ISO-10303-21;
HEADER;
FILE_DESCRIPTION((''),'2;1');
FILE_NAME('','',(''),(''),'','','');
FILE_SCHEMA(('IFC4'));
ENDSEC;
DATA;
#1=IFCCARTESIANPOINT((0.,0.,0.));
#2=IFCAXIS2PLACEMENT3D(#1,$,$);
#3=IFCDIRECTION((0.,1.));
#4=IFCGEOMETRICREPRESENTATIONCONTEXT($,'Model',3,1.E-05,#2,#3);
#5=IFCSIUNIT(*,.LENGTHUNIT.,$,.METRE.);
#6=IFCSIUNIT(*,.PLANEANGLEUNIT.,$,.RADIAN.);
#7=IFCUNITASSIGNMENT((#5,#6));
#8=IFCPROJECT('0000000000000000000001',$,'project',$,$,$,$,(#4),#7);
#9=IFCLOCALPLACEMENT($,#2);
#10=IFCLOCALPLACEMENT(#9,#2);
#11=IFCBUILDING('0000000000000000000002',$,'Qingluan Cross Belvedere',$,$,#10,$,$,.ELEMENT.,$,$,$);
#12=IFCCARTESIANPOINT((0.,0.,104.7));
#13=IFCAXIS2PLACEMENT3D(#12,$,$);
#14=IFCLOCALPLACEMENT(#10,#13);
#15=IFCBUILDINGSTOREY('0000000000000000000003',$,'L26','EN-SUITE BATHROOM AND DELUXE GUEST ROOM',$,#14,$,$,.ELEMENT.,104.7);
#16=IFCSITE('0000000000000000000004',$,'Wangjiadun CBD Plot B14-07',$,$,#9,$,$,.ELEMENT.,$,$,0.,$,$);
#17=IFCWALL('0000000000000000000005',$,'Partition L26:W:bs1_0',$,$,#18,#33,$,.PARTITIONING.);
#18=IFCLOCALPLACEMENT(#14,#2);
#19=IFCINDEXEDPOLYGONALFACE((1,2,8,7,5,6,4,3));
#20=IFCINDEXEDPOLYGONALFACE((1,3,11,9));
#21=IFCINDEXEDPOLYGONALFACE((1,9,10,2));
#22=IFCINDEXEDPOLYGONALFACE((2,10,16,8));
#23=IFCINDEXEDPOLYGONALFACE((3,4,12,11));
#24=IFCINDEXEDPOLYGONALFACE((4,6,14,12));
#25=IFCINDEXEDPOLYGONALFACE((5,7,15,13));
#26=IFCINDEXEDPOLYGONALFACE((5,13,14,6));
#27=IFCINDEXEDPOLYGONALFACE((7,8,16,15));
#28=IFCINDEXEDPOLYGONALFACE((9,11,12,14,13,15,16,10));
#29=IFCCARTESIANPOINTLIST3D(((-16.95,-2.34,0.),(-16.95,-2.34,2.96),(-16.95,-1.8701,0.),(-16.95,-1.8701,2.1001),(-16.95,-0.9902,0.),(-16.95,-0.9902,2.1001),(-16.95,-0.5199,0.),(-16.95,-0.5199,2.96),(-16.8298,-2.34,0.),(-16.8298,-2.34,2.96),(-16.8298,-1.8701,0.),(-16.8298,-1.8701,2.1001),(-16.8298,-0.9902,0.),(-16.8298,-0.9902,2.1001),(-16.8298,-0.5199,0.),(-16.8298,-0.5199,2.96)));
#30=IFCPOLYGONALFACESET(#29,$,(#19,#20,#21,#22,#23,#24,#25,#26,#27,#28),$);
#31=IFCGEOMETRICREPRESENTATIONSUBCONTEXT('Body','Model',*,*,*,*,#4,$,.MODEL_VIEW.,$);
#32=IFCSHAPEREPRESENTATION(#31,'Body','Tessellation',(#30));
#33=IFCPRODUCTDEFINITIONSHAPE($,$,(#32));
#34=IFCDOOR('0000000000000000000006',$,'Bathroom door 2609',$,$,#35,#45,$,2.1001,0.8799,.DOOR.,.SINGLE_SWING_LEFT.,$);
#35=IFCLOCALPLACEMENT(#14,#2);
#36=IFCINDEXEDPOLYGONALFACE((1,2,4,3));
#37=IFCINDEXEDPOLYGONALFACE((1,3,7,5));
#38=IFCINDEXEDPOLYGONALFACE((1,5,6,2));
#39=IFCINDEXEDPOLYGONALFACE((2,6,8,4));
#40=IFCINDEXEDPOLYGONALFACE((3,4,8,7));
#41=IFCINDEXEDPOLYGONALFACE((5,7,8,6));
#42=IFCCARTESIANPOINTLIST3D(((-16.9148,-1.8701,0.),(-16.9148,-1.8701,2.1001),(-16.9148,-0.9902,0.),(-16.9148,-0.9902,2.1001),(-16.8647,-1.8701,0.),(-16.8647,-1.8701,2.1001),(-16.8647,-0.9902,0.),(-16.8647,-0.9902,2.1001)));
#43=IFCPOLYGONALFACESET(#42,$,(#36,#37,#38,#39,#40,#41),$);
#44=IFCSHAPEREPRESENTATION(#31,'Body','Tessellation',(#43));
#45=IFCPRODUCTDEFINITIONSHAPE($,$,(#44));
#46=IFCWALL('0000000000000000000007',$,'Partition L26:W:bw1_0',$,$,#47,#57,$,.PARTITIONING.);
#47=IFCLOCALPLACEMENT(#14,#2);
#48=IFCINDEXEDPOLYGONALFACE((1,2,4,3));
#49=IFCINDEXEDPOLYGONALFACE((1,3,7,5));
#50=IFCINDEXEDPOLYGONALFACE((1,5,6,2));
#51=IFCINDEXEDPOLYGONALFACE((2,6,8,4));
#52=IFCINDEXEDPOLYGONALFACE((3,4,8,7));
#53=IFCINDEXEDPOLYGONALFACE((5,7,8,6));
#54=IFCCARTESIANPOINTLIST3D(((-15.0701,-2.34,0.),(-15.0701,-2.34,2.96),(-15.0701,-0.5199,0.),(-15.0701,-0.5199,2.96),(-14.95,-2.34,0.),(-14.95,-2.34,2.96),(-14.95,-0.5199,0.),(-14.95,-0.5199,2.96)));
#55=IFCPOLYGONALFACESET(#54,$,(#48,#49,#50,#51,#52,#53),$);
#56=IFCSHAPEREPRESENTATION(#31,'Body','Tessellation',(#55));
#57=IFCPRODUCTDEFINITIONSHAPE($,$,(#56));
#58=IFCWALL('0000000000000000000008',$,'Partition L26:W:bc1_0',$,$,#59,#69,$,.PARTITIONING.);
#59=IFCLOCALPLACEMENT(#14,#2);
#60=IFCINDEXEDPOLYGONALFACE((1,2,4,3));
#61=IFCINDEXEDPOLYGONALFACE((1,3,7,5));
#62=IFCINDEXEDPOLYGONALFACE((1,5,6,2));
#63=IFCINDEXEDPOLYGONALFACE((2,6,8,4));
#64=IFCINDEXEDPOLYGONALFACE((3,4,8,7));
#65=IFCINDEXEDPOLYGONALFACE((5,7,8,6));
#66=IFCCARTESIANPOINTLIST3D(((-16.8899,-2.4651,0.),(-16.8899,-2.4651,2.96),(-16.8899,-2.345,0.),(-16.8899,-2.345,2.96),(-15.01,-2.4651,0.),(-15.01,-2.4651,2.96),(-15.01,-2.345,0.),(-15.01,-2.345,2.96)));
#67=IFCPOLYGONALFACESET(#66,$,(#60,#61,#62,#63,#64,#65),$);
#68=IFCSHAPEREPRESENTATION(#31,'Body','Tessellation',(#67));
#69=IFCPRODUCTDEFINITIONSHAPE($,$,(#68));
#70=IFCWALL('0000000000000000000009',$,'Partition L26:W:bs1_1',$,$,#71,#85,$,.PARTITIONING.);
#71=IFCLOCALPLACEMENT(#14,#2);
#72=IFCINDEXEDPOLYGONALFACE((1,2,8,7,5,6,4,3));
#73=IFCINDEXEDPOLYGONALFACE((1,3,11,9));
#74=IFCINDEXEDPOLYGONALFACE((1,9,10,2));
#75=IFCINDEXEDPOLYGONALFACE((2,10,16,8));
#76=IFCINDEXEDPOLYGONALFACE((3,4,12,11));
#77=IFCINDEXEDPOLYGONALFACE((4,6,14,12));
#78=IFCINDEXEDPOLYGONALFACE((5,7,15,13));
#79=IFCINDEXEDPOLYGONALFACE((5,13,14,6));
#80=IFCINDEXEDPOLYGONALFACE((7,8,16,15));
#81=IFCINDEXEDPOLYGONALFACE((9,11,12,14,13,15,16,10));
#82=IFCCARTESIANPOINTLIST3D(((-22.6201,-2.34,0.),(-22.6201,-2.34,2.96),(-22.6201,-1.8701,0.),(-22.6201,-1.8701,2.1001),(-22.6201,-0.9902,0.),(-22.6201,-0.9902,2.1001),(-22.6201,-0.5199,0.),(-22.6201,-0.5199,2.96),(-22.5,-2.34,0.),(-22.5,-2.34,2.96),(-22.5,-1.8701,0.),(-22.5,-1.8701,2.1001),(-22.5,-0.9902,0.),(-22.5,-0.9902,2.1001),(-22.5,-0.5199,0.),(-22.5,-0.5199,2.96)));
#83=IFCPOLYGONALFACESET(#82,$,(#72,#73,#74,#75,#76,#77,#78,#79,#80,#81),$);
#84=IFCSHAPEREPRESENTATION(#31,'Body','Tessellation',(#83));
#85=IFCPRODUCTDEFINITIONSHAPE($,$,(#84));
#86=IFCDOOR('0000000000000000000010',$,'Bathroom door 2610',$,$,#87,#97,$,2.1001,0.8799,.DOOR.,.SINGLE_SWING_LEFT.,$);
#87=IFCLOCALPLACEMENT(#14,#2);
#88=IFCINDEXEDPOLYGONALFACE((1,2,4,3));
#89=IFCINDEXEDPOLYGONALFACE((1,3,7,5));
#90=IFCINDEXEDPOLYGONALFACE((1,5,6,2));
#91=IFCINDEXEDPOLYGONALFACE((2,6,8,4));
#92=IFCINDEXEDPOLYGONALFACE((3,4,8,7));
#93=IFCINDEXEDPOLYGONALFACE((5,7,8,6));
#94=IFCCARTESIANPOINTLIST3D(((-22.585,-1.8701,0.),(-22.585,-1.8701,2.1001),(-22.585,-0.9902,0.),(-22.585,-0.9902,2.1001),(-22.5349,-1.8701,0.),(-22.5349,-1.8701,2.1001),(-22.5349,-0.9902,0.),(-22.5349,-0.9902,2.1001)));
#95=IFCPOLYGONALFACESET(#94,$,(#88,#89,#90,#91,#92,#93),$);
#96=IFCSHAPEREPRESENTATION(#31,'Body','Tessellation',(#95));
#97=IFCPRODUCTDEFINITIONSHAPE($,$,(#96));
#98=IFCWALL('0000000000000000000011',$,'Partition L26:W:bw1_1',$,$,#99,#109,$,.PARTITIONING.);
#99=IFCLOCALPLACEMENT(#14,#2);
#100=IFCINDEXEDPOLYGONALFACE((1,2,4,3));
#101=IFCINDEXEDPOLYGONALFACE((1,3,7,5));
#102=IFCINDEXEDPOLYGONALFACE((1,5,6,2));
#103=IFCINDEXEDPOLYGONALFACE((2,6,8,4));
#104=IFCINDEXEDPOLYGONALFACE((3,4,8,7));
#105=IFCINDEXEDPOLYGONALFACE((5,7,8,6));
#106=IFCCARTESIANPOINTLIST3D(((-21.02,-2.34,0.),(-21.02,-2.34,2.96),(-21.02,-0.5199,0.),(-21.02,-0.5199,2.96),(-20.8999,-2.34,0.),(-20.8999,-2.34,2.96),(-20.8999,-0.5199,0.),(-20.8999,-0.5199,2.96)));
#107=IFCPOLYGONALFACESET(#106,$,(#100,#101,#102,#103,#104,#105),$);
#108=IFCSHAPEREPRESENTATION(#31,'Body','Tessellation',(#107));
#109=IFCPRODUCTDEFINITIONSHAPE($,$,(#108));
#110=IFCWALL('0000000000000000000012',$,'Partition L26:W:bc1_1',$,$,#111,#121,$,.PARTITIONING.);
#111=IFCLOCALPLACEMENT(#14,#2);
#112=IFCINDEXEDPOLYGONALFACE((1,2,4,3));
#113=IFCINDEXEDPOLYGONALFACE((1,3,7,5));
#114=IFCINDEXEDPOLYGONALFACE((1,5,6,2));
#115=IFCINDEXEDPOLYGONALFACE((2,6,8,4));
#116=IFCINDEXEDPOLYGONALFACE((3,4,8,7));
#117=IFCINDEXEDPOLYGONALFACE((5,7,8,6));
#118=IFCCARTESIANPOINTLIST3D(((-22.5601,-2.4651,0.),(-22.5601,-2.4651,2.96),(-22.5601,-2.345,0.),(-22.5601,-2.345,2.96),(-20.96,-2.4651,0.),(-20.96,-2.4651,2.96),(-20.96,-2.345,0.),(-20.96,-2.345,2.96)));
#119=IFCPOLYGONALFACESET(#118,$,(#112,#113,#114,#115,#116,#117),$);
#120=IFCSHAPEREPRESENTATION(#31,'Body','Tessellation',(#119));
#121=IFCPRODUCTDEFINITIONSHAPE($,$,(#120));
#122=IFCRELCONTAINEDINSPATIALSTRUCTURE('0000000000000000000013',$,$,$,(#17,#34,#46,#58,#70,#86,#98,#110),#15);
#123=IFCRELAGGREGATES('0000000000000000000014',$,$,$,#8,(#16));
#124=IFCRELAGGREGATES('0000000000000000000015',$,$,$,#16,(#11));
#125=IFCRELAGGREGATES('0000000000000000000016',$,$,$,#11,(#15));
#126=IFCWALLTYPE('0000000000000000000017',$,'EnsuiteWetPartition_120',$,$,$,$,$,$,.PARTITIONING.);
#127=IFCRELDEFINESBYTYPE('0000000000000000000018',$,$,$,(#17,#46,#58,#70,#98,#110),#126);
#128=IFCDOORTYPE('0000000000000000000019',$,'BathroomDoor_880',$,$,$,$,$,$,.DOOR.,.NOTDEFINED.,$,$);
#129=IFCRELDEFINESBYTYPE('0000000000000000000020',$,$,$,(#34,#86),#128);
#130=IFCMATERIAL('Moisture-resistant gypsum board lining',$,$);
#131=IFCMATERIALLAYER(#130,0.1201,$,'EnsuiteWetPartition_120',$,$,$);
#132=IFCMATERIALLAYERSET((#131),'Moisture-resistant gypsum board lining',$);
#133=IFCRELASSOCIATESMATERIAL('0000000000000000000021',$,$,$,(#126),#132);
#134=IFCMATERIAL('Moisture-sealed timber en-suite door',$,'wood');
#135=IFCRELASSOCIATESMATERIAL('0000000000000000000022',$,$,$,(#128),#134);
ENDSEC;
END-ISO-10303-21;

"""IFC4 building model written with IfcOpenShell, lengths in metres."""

from ifc_helpers import new_model, si_unit, direction, frame, frame_2d, origin, place, context, subcontext, project, spatial, rectangle, extrude, material, layer, layer_set, type_object, element, fill, save


model = new_model("IFC4")

# Units and contexts
model_context = context("Model", 3, precision=1e-05, world=origin(), true_north=direction((0.0, 1.0)))
body_context = subcontext(model_context, "Body", "Model", "MODEL_VIEW")
ifc_project = project(units=[si_unit("LENGTHUNIT", "METRE"), si_unit("PLANEANGLEUNIT", "RADIAN")], contexts=[model_context])

# Site, building, storey
site_placement = place(None, origin())
site = spatial("IfcSite", under=ifc_project, at=site_placement, Name="Wangjiadun CBD Plot B14-07", CompositionType="ELEMENT", RefElevation=0.0)
building_placement = place(site_placement, origin())
building = spatial("IfcBuilding", under=site, at=building_placement, Name="Qingluan Cross Belvedere", CompositionType="ELEMENT")
storey_placement = place(building_placement, frame((0.0, 0.0, 104.7)))
storey = spatial("IfcBuildingStorey", under=building, at=storey_placement, Name="L26", Description="EN-SUITE BATHROOM AND DELUXE GUEST ROOM", CompositionType="ELEMENT", Elevation=104.7)

# Wall, opening, door
ifc_material_1 = material(Name="Moisture-resistant gypsum board lining")
ifc_layer_1 = layer(ifc_material_1, 0.1201, Name="EnsuiteWetPartition_120")
ifc_layer_set_1 = layer_set([ifc_layer_1], Name="Moisture-resistant gypsum board lining")
wall_type_1 = type_object("IfcWallType", Name="EnsuiteWetPartition_120", PredefinedType="PARTITIONING", material=ifc_layer_set_1)
wall_1_placement = place(storey_placement, frame((-16.8899, -2.3401, 0.0), z_axis=(0.0, 0.0, 1.0), x_axis=(0.0, 1.0, 0.0)))
wall_1 = element("IfcWall", 1, at=wall_1_placement, inside=storey, type_object=wall_type_1, Name="Partition L26:W:bs1_0", PredefinedType="PARTITIONING", context=body_context, shape_type="SweptSolid", body=[
    extrude(rectangle(XDim=1.8201, YDim=0.1201, at=frame_2d((0.9102, 0.0))), origin(), (0.0, 0.0, 1.0), 2.96),
])
opening_1_placement = place(wall_1_placement, frame((0.47, 0.0, 0.0)))
opening_1 = element("IfcOpeningElement", 2, at=opening_1_placement, cuts=wall_1, PredefinedType="OPENING", context=body_context, shape_type="SweptSolid", body=[
    extrude(rectangle(XDim=0.8799, YDim=2.1001, at=frame_2d((0.4399, 1.05))), frame((0.0, 0.0701, 0.0), z_axis=(0.0, -1.0, 0.0), x_axis=(1.0, 0.0, 0.0)), (0.0, 0.0, 1.0), 0.1401),
])
ifc_material_2 = material(Name="Moisture-sealed timber en-suite door", Category="wood")
door_type_1 = type_object("IfcDoorType", Name="BathroomDoor_880", OperationType="NOTDEFINED", PredefinedType="DOOR", material=ifc_material_2)
door_1_placement = place(opening_1_placement, origin())
door_1 = element("IfcDoor", 3, at=door_1_placement, inside=storey, type_object=door_type_1, Name="Bathroom door 2609", OperationType="SINGLE_SWING_LEFT", OverallHeight=2.1001, OverallWidth=0.8799, PredefinedType="DOOR", context=body_context, shape_type="SweptSolid", body=[
    extrude(rectangle(XDim=0.8799, YDim=2.1001, at=frame_2d((0.4399, 1.05))), frame((0.0, 0.0249, 0.0), z_axis=(0.0, -1.0, 0.0), x_axis=(1.0, 0.0, 0.0)), (0.0, 0.0, 1.0), 0.05),
])
fill(opening_1, door_1)

# Walls
wall_2_placement = place(storey_placement, frame((-15.01, -2.3401, 0.0), z_axis=(0.0, 0.0, 1.0), x_axis=(0.0, 1.0, 0.0)))
element("IfcWall", 4, at=wall_2_placement, inside=storey, type_object=wall_type_1, Name="Partition L26:W:bw1_0", PredefinedType="PARTITIONING", context=body_context, shape_type="SweptSolid", body=[
    extrude(rectangle(XDim=1.8201, YDim=0.1201, at=frame_2d((0.9102, 0.0))), origin(), (0.0, 0.0, 1.0), 2.96),
])
wall_3_placement = place(storey_placement, frame((-15.01, -2.405, 0.0), z_axis=(0.0, 0.0, 1.0), x_axis=(-1.0, 0.0, 0.0)))
element("IfcWall", 5, at=wall_3_placement, inside=storey, type_object=wall_type_1, Name="Partition L26:W:bc1_0", PredefinedType="PARTITIONING", context=body_context, shape_type="SweptSolid", body=[
    extrude(rectangle(XDim=1.8799, YDim=0.1201, at=frame_2d((0.9399, 0.0))), origin(), (0.0, 0.0, 1.0), 2.96),
])

# Wall, opening, door
wall_4_placement = place(storey_placement, frame((-22.5601, -2.3401, 0.0), z_axis=(0.0, 0.0, 1.0), x_axis=(0.0, 1.0, 0.0)))
wall_4 = element("IfcWall", 6, at=wall_4_placement, inside=storey, type_object=wall_type_1, Name="Partition L26:W:bs1_1", PredefinedType="PARTITIONING", context=body_context, shape_type="SweptSolid", body=[
    extrude(rectangle(XDim=1.8201, YDim=0.1201, at=frame_2d((0.9102, 0.0))), origin(), (0.0, 0.0, 1.0), 2.96),
])
opening_2_placement = place(wall_4_placement, frame((0.47, 0.0, 0.0)))
opening_2 = element("IfcOpeningElement", 7, at=opening_2_placement, cuts=wall_4, PredefinedType="OPENING", context=body_context, shape_type="SweptSolid", body=[
    extrude(rectangle(XDim=0.8799, YDim=2.1001, at=frame_2d((0.4399, 1.05))), frame((0.0, 0.0701, 0.0), z_axis=(0.0, -1.0, 0.0), x_axis=(1.0, 0.0, 0.0)), (0.0, 0.0, 1.0), 0.1401),
])
door_2_placement = place(opening_2_placement, origin())
door_2 = element("IfcDoor", 8, at=door_2_placement, inside=storey, type_object=door_type_1, Name="Bathroom door 2610", OperationType="SINGLE_SWING_LEFT", OverallHeight=2.1001, OverallWidth=0.8799, PredefinedType="DOOR", context=body_context, shape_type="SweptSolid", body=[
    extrude(rectangle(XDim=0.8799, YDim=2.1001, at=frame_2d((0.4399, 1.05))), frame((0.0, 0.0249, 0.0), z_axis=(0.0, -1.0, 0.0), x_axis=(1.0, 0.0, 0.0)), (0.0, 0.0, 1.0), 0.05),
])
fill(opening_2, door_2)

# Walls
wall_5_placement = place(storey_placement, frame((-20.96, -2.3401, 0.0), z_axis=(0.0, 0.0, 1.0), x_axis=(0.0, 1.0, 0.0)))
element("IfcWall", 9, at=wall_5_placement, inside=storey, type_object=wall_type_1, Name="Partition L26:W:bw1_1", PredefinedType="PARTITIONING", context=body_context, shape_type="SweptSolid", body=[
    extrude(rectangle(XDim=1.8201, YDim=0.1201, at=frame_2d((0.9102, 0.0))), origin(), (0.0, 0.0, 1.0), 2.96),
])
wall_6_placement = place(storey_placement, frame((-20.96, -2.405, 0.0), z_axis=(0.0, 0.0, 1.0), x_axis=(-1.0, 0.0, 0.0)))
element("IfcWall", 10, at=wall_6_placement, inside=storey, type_object=wall_type_1, Name="Partition L26:W:bc1_1", PredefinedType="PARTITIONING", context=body_context, shape_type="SweptSolid", body=[
    extrude(rectangle(XDim=1.6001, YDim=0.1201, at=frame_2d((0.8, 0.0))), origin(), (0.0, 0.0, 1.0), 2.96),
])

save(model, "model.ifc")
